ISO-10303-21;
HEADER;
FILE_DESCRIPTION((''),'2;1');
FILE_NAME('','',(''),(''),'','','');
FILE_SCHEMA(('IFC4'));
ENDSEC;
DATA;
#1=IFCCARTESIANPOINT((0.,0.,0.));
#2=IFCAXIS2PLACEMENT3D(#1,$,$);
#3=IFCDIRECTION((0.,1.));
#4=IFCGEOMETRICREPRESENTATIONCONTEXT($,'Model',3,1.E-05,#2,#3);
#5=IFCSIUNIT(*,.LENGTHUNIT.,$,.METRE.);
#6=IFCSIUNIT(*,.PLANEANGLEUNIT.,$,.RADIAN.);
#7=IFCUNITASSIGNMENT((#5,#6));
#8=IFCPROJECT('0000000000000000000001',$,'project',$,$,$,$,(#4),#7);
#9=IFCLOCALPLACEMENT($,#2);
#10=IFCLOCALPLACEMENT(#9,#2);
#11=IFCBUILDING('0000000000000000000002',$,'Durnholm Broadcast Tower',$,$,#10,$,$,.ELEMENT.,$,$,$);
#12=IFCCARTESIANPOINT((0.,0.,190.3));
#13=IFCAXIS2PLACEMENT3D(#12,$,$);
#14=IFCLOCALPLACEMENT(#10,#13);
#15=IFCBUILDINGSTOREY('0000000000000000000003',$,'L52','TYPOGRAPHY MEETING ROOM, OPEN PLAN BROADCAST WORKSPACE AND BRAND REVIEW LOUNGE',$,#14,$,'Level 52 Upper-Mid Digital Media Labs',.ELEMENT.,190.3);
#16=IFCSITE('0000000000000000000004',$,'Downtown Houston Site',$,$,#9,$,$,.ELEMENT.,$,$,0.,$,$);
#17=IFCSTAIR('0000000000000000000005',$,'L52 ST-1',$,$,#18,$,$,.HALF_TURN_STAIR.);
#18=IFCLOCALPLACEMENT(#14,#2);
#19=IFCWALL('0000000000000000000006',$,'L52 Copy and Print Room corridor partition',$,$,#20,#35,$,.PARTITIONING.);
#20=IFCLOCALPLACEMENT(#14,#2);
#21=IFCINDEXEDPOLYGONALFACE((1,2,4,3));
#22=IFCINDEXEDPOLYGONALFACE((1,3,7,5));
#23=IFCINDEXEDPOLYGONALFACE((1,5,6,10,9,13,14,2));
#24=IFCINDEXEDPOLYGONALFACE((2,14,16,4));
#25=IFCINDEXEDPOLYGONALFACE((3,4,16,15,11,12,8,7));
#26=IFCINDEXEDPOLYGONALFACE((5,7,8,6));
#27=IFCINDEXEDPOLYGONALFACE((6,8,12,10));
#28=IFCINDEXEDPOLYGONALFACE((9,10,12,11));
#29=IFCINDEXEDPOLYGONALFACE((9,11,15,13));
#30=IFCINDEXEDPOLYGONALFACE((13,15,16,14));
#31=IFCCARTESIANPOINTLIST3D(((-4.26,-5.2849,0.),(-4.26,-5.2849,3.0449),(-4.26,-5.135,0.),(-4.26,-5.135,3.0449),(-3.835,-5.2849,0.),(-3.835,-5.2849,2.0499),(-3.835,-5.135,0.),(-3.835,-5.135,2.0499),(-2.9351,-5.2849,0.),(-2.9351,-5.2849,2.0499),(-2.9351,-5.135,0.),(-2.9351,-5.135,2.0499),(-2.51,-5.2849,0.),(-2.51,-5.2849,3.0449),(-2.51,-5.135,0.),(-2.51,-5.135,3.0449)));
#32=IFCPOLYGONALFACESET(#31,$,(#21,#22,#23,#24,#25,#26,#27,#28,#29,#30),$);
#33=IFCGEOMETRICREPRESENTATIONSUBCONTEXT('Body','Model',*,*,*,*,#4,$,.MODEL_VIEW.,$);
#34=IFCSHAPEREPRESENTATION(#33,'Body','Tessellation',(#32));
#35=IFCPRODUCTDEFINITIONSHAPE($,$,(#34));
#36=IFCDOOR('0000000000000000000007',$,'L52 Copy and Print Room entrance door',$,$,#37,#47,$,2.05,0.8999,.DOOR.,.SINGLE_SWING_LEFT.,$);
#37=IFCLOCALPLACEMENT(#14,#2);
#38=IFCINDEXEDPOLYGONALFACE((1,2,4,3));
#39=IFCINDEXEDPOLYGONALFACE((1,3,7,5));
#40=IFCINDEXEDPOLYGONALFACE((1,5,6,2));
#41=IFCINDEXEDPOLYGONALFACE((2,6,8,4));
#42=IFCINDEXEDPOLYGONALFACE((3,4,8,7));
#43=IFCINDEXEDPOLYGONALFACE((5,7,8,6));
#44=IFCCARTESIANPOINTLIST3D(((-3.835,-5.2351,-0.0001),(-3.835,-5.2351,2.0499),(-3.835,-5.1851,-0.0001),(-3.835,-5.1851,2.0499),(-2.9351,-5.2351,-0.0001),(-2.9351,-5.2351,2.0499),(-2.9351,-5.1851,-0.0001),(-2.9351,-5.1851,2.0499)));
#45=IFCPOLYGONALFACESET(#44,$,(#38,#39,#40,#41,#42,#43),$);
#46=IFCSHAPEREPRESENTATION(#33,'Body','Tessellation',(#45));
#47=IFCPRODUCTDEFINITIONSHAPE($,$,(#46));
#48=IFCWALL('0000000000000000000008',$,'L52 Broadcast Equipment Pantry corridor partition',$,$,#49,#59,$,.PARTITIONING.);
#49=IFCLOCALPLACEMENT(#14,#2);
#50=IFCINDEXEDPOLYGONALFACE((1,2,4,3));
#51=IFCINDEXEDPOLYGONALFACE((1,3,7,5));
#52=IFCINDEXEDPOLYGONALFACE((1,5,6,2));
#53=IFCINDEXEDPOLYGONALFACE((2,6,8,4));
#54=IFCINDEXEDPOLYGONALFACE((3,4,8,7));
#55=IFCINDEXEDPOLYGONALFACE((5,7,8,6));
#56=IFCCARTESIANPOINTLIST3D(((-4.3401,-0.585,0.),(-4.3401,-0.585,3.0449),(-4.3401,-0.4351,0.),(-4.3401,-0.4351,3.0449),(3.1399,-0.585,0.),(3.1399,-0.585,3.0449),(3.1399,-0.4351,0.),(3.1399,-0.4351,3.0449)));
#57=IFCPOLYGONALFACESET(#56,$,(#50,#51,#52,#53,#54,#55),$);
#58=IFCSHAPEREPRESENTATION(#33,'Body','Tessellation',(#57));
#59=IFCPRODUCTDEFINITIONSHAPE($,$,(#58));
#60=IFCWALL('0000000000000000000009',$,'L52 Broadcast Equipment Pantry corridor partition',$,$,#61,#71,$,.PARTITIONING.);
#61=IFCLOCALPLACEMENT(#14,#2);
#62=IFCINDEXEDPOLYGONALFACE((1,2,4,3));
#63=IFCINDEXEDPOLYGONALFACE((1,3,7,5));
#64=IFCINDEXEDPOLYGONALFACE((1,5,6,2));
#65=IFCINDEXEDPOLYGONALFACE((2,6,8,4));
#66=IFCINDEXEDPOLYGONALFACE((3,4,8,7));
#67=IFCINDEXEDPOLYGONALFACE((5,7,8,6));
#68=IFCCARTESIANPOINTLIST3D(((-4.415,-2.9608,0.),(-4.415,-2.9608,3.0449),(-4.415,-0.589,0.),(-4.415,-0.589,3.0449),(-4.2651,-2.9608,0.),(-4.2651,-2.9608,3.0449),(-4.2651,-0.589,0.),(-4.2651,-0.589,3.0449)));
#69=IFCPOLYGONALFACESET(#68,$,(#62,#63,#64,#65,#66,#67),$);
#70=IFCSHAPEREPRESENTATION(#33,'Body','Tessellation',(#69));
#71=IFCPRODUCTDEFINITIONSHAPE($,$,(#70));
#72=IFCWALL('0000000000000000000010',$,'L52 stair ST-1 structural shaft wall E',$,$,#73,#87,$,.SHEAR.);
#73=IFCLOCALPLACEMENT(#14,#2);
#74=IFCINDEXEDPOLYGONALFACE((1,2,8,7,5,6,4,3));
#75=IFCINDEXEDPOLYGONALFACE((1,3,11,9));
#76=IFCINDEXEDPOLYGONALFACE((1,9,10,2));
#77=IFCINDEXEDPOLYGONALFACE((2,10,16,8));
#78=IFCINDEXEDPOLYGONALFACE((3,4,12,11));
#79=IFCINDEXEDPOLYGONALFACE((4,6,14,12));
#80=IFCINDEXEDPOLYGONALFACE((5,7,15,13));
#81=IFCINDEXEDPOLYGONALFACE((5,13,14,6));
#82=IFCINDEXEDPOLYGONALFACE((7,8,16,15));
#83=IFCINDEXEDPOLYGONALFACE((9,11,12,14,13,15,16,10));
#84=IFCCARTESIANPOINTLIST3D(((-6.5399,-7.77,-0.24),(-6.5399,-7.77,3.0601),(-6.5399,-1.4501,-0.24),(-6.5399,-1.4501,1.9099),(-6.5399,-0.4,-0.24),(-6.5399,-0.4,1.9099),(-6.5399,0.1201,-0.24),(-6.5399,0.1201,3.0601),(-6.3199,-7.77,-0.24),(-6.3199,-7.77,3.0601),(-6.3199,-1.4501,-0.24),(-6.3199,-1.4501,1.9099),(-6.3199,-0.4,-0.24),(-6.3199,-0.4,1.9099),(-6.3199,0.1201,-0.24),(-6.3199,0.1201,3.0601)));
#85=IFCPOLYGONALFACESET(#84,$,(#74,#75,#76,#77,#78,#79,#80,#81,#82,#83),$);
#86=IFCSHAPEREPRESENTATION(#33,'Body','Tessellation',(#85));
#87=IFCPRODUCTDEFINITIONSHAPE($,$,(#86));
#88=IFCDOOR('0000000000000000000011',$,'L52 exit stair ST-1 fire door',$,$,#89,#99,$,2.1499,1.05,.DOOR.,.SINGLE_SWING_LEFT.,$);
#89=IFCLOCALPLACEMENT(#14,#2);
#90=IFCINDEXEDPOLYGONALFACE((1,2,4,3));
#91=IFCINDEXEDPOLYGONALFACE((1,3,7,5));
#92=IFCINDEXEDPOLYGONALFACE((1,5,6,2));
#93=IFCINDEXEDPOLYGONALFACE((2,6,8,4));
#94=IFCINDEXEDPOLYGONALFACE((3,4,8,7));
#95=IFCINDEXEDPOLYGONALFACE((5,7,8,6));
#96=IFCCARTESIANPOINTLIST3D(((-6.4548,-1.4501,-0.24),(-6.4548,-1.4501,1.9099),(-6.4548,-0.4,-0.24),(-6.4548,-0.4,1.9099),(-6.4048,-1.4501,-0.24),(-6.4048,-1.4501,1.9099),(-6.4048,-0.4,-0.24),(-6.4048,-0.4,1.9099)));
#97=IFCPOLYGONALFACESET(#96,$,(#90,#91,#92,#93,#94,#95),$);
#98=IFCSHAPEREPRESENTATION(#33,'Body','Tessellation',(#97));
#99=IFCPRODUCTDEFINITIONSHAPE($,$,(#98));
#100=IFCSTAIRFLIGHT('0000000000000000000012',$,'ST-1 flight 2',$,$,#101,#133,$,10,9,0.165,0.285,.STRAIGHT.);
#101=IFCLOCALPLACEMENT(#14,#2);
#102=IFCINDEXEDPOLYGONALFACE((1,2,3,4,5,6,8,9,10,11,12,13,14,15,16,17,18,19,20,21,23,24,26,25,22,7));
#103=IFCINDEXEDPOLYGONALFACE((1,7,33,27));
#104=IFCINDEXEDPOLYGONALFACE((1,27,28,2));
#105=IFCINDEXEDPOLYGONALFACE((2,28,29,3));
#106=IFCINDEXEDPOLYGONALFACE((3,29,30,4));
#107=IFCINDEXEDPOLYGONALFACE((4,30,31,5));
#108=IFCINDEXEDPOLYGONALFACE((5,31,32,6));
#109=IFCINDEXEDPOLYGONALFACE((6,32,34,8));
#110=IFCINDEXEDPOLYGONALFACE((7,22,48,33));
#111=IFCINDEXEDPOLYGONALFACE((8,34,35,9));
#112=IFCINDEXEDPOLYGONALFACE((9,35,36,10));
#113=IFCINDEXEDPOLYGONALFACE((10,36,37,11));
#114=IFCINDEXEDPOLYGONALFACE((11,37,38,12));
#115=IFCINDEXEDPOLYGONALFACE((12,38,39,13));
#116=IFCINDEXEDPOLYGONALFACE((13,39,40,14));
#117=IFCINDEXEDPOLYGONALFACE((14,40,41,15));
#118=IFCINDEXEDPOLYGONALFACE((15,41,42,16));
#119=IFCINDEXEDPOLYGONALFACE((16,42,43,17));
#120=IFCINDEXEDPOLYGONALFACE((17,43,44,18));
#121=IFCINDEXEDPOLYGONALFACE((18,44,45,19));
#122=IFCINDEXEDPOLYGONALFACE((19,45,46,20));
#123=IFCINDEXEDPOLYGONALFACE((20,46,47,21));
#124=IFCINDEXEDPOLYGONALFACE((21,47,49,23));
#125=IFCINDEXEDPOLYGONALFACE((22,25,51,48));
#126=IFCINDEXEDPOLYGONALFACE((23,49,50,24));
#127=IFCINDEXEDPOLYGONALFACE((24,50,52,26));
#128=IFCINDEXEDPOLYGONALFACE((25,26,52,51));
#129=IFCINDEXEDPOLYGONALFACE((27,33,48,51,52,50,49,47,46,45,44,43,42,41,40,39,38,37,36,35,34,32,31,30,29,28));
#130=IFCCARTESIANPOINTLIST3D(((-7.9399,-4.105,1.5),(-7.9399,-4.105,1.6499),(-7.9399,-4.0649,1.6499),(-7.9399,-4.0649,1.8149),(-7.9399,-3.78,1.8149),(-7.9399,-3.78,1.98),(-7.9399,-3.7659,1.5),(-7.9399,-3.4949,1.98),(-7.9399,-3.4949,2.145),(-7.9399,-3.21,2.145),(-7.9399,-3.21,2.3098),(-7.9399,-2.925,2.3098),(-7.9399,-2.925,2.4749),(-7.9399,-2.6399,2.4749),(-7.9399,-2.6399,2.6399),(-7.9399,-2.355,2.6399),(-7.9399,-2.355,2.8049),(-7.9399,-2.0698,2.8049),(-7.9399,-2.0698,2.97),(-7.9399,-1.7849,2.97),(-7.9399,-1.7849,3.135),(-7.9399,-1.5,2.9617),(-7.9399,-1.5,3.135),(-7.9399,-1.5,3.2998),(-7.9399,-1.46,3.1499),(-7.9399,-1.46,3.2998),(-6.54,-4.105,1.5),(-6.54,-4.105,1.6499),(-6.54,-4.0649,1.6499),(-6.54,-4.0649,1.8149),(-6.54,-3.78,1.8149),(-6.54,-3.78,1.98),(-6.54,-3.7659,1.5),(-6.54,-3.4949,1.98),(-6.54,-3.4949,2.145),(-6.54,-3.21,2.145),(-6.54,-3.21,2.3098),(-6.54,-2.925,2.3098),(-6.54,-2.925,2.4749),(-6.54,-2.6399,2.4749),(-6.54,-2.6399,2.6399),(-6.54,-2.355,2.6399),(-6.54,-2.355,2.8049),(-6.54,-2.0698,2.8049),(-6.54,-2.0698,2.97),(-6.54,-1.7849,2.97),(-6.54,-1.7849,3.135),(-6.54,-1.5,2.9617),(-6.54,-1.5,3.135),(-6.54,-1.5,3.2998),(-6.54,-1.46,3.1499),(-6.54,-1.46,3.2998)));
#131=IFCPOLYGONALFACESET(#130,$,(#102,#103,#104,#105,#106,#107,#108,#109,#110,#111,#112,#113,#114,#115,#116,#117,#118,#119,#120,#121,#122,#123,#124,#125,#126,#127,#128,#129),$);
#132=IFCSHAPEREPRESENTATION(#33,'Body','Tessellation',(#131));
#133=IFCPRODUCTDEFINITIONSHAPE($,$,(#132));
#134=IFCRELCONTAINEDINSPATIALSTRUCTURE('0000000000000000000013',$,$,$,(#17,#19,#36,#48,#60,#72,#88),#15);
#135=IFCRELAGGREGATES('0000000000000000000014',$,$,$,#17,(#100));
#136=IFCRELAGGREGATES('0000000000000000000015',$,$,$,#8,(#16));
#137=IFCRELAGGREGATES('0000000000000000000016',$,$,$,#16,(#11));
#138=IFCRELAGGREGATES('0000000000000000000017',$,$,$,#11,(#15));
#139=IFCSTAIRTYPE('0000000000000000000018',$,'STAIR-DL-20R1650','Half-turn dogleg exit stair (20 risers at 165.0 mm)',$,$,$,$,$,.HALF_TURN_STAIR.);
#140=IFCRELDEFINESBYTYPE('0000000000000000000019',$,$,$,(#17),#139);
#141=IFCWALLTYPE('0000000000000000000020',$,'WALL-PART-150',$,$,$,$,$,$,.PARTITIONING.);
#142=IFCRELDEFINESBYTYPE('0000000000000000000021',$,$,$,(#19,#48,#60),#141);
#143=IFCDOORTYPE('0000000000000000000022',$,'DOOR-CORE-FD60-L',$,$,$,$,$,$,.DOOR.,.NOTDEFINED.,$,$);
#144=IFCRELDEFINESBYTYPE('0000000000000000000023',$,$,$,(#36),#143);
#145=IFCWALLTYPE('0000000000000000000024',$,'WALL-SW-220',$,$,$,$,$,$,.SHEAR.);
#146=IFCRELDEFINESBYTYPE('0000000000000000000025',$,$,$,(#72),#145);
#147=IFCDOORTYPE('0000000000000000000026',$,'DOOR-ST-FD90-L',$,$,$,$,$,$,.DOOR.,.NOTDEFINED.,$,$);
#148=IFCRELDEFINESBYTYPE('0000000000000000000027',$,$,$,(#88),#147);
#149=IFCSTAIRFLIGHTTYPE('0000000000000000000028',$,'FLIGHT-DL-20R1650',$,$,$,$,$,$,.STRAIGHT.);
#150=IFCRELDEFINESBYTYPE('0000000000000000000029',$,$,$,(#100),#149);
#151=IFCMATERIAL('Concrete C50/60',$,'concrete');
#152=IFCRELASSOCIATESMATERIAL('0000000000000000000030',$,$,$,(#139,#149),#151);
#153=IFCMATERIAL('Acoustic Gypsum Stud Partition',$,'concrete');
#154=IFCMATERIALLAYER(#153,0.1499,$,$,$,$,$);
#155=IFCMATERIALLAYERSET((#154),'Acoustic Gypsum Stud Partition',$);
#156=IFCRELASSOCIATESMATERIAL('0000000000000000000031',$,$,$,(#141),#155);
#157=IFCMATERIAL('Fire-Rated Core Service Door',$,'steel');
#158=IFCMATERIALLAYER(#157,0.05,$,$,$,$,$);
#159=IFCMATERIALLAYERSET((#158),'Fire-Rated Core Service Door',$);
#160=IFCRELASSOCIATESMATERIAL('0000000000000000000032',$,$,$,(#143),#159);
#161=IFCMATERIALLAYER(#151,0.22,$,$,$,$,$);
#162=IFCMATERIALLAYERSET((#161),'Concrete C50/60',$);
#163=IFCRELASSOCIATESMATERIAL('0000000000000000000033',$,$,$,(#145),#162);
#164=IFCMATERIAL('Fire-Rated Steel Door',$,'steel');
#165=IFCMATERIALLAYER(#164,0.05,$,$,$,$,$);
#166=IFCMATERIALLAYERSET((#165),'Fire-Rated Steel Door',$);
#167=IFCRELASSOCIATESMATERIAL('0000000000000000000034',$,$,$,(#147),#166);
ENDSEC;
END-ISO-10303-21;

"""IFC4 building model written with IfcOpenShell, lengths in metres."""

from ifc_helpers import new_model, si_unit, direction, frame, frame_2d, origin, place, context, subcontext, project, spatial, polyline, rectangle, outline, extrude, source, transform, mapped, material, layer, layer_set, type_object, type_shapes, element, fill, aggregate, save


model = new_model("IFC4")

# Units and contexts
model_context = context("Model", 3, precision=1e-05, world=origin(), true_north=direction((0.0, 1.0)))
body_context = subcontext(model_context, "Body", "Model", "MODEL_VIEW")
ifc_project = project(units=[si_unit("LENGTHUNIT", "METRE"), si_unit("PLANEANGLEUNIT", "RADIAN")], contexts=[model_context])

# Site, building, storey
site_placement = place(None, origin())
site = spatial("IfcSite", under=ifc_project, at=site_placement, Name="Downtown Houston Site", CompositionType="ELEMENT", RefElevation=0.0)
building_placement = place(site_placement, origin())
building = spatial("IfcBuilding", under=site, at=building_placement, Name="Durnholm Broadcast Tower", CompositionType="ELEMENT")
storey_placement = place(building_placement, frame((0.0, 0.0, 190.3)))
storey = spatial("IfcBuildingStorey", under=building, at=storey_placement, Name="L52", Description="TYPOGRAPHY MEETING ROOM, OPEN PLAN BROADCAST WORKSPACE AND BRAND REVIEW LOUNGE", LongName="Level 52 Upper-Mid Digital Media Labs", CompositionType="ELEMENT", Elevation=190.3)

# Shared definitions
ifc_material_1 = material(Name="Concrete C50/60", Category="concrete")

# Stair
stair_type = type_object("IfcStairType", Name="STAIR-DL-20R1650", Description="Half-turn dogleg exit stair (20 risers at 165.0 mm)", PredefinedType="HALF_TURN_STAIR", material=ifc_material_1)
stair_placement = place(storey_placement, origin())
stair = element("IfcStair", 1, at=stair_placement, inside=storey, type_object=stair_type, Name="L52 ST-1", PredefinedType="HALF_TURN_STAIR")

# Wall, opening, door
ifc_material_2 = material(Name="Fire-Rated Core Service Door", Category="steel")
ifc_material_3 = material(Name="Acoustic Gypsum Stud Partition", Category="concrete")
ifc_layer_1 = layer(ifc_material_3, 0.1499)
ifc_layer_set_1 = layer_set([ifc_layer_1], Name="Acoustic Gypsum Stud Partition")
wall_type_1 = type_object("IfcWallType", Name="WALL-PART-150", PredefinedType="PARTITIONING", material=ifc_layer_set_1)
wall_1_placement = place(storey_placement, frame((-4.26, -5.21, 0.0), z_axis=(0.0, 0.0, 1.0), x_axis=(1.0, 0.0, 0.0)))
wall_1 = element("IfcWall", 2, at=wall_1_placement, inside=storey, type_object=wall_type_1, Name="L52 Copy and Print Room corridor partition", PredefinedType="PARTITIONING", context=body_context, shape_type="SweptSolid", body=[
    extrude(rectangle(XDim=1.75, YDim=0.1499, at=frame_2d((0.875, 0.0))), origin(), (0.0, 0.0, 1.0), 3.0449),
])
opening_1_placement = place(wall_1_placement, frame((0.425, 0.0, 0.0)))
opening_1 = element("IfcOpeningElement", 3, at=opening_1_placement, cuts=wall_1, PredefinedType="OPENING", context=body_context, shape_type="SweptSolid", body=[
    extrude(rectangle(XDim=0.8999, YDim=2.05, at=frame_2d((0.45, 1.0249))), frame((0.0, 0.085, 0.0), z_axis=(0.0, -1.0, 0.0), x_axis=(1.0, 0.0, 0.0)), (0.0, 0.0, 1.0), 0.1699),
])
ifc_layer_2 = layer(ifc_material_2, 0.05)
ifc_layer_set_2 = layer_set([ifc_layer_2], Name="Fire-Rated Core Service Door")
door_type_1 = type_object("IfcDoorType", Name="DOOR-CORE-FD60-L", OperationType="NOTDEFINED", PredefinedType="DOOR", material=ifc_layer_set_2)
shared_shape_1 = source(origin(), body_context, "Body", "SweptSolid", [
    extrude(rectangle(XDim=0.8999, YDim=2.05, at=frame_2d((0.45, 1.0249))), frame((0.0, 0.0249, 0.0), z_axis=(0.0, -1.0, 0.0), x_axis=(1.0, 0.0, 0.0)), (0.0, 0.0, 1.0), 0.05),
])
type_shapes(door_type_1, [shared_shape_1])
door_1_placement = place(opening_1_placement, origin())
door_1 = element("IfcDoor", 4, at=door_1_placement, inside=storey, type_object=door_type_1, Name="L52 Copy and Print Room entrance door", OperationType="SINGLE_SWING_LEFT", OverallHeight=2.05, OverallWidth=0.8999, PredefinedType="DOOR", context=body_context, shape_type="MappedRepresentation", body=[
    mapped(shared_shape_1, transform((0.0, 0.0, 0.0), x_axis=(1.0, 0.0, 0.0), y_axis=(0.0, 1.0, 0.0), z_axis=(0.0, 0.0, 1.0), scale=1.0)),
])
fill(opening_1, door_1)

# Walls
wall_2_placement = place(storey_placement, frame((-4.3401, -0.51, 0.0), z_axis=(0.0, 0.0, 1.0), x_axis=(1.0, 0.0, 0.0)))
element("IfcWall", 5, at=wall_2_placement, inside=storey, type_object=wall_type_1, Name="L52 Broadcast Equipment Pantry corridor partition", PredefinedType="PARTITIONING", context=body_context, shape_type="SweptSolid", body=[
    extrude(rectangle(XDim=7.48, YDim=0.1499, at=frame_2d((3.74, 0.0))), origin(), (0.0, 0.0, 1.0), 3.0449),
])
wall_3_placement = place(storey_placement, frame((-4.3401, -2.9609, 0.0), z_axis=(0.0, 0.0, 1.0), x_axis=(0.0, 1.0, 0.0)))
element("IfcWall", 6, at=wall_3_placement, inside=storey, type_object=wall_type_1, Name="L52 Broadcast Equipment Pantry corridor partition", PredefinedType="PARTITIONING", context=body_context, shape_type="SweptSolid", body=[
    extrude(rectangle(XDim=2.3718, YDim=0.1499, at=frame_2d((1.186, 0.0))), origin(), (0.0, 0.0, 1.0), 3.0449),
])

# Wall, opening, door
ifc_layer_3 = layer(ifc_material_1, 0.22)
ifc_layer_set_3 = layer_set([ifc_layer_3], Name="Concrete C50/60")
wall_type_2 = type_object("IfcWallType", Name="WALL-SW-220", PredefinedType="SHEAR", material=ifc_layer_set_3)
wall_4_placement = place(storey_placement, frame((-6.4299, -7.77, -0.24), z_axis=(0.0, 0.0, 1.0), x_axis=(0.0, 1.0, 0.0)))
wall_4 = element("IfcWall", 7, at=wall_4_placement, inside=storey, type_object=wall_type_2, Name="L52 stair ST-1 structural shaft wall E", PredefinedType="SHEAR", context=body_context, shape_type="SweptSolid", body=[
    extrude(rectangle(XDim=7.8901, YDim=0.22, at=frame_2d((3.9451, 0.0))), origin(), (0.0, 0.0, 1.0), 3.3),
])
opening_2_placement = place(wall_4_placement, frame((6.3201, 0.0, 0.0)))
opening_2 = element("IfcOpeningElement", 8, at=opening_2_placement, cuts=wall_4, PredefinedType="OPENING", context=body_context, shape_type="SweptSolid", body=[
    extrude(rectangle(XDim=1.05, YDim=2.1499, at=frame_2d((0.5249, 1.075))), frame((0.0, 0.1201, 0.0), z_axis=(0.0, -1.0, 0.0), x_axis=(1.0, 0.0, 0.0)), (0.0, 0.0, 1.0), 0.24),
])
ifc_material_4 = material(Name="Fire-Rated Steel Door", Category="steel")
ifc_layer_4 = layer(ifc_material_4, 0.05)
ifc_layer_set_4 = layer_set([ifc_layer_4], Name="Fire-Rated Steel Door")
door_type_2 = type_object("IfcDoorType", Name="DOOR-ST-FD90-L", OperationType="NOTDEFINED", PredefinedType="DOOR", material=ifc_layer_set_4)
shared_shape_2 = source(origin(), body_context, "Body", "SweptSolid", [
    extrude(rectangle(XDim=1.05, YDim=2.1499, at=frame_2d((0.5249, 1.075))), frame((0.0, 0.0249, 0.0), z_axis=(0.0, -1.0, 0.0), x_axis=(1.0, 0.0, 0.0)), (0.0, 0.0, 1.0), 0.05),
])
type_shapes(door_type_2, [shared_shape_2])
door_2_placement = place(opening_2_placement, origin())
door_2 = element("IfcDoor", 9, at=door_2_placement, inside=storey, type_object=door_type_2, Name="L52 exit stair ST-1 fire door", OperationType="SINGLE_SWING_LEFT", OverallHeight=2.1499, OverallWidth=1.05, PredefinedType="DOOR", context=body_context, shape_type="MappedRepresentation", body=[
    mapped(shared_shape_2, transform((0.0, 0.0, 0.0), x_axis=(1.0, 0.0, 0.0), y_axis=(0.0, 1.0, 0.0), z_axis=(0.0, 0.0, 1.0), scale=1.0)),
])
fill(opening_2, door_2)

# Stair flight
stair_flight_type = type_object("IfcStairFlightType", Name="FLIGHT-DL-20R1650", PredefinedType="STRAIGHT", material=ifc_material_1)
stair_flight_placement = place(storey_placement, frame((-7.24, -4.0649, 1.6499), z_axis=(0.0, 0.0, 1.0), x_axis=(0.0, 1.0, 0.0)))
stair_flight = element("IfcStairFlight", 10, at=stair_flight_placement, type_object=stair_flight_type, Name="ST-1 flight 2", NumberOfRisers=10, NumberOfTreads=9, PredefinedType="STRAIGHT", RiserHeight=0.165, TreadLength=0.285, context=body_context, shape_type="SweptSolid", body=[
    extrude(outline(polyline([(-0.04, -0.1499), (-0.04, 0.0), (0.0, 0.0), (0.0, 0.165), (0.2849, 0.165), (0.2849, 0.3301), (0.5701, 0.3301), (0.5701, 0.4951), (0.855, 0.4951), (0.855, 0.6599), (1.1399, 0.6599), (1.1399, 0.825), (1.425, 0.825), (1.425, 0.99), (1.71, 0.99), (1.71, 1.155), (1.9951, 1.155), (1.9951, 1.3201), (2.28, 1.3201), (2.28, 1.4851), (2.5649, 1.4851), (2.5649, 1.6499), (2.605, 1.6499), (2.605, 1.5), (2.5649, 1.3118), (0.2991, -0.1499), (-0.04, -0.1499)])), frame((0.0, 0.7, 0.0), z_axis=(0.0, -1.0, 0.0), x_axis=(1.0, 0.0, 0.0)), (0.0, 0.0, 1.0), 1.3999),
])
aggregate(stair, [stair_flight])

save(model, "model.ifc")
